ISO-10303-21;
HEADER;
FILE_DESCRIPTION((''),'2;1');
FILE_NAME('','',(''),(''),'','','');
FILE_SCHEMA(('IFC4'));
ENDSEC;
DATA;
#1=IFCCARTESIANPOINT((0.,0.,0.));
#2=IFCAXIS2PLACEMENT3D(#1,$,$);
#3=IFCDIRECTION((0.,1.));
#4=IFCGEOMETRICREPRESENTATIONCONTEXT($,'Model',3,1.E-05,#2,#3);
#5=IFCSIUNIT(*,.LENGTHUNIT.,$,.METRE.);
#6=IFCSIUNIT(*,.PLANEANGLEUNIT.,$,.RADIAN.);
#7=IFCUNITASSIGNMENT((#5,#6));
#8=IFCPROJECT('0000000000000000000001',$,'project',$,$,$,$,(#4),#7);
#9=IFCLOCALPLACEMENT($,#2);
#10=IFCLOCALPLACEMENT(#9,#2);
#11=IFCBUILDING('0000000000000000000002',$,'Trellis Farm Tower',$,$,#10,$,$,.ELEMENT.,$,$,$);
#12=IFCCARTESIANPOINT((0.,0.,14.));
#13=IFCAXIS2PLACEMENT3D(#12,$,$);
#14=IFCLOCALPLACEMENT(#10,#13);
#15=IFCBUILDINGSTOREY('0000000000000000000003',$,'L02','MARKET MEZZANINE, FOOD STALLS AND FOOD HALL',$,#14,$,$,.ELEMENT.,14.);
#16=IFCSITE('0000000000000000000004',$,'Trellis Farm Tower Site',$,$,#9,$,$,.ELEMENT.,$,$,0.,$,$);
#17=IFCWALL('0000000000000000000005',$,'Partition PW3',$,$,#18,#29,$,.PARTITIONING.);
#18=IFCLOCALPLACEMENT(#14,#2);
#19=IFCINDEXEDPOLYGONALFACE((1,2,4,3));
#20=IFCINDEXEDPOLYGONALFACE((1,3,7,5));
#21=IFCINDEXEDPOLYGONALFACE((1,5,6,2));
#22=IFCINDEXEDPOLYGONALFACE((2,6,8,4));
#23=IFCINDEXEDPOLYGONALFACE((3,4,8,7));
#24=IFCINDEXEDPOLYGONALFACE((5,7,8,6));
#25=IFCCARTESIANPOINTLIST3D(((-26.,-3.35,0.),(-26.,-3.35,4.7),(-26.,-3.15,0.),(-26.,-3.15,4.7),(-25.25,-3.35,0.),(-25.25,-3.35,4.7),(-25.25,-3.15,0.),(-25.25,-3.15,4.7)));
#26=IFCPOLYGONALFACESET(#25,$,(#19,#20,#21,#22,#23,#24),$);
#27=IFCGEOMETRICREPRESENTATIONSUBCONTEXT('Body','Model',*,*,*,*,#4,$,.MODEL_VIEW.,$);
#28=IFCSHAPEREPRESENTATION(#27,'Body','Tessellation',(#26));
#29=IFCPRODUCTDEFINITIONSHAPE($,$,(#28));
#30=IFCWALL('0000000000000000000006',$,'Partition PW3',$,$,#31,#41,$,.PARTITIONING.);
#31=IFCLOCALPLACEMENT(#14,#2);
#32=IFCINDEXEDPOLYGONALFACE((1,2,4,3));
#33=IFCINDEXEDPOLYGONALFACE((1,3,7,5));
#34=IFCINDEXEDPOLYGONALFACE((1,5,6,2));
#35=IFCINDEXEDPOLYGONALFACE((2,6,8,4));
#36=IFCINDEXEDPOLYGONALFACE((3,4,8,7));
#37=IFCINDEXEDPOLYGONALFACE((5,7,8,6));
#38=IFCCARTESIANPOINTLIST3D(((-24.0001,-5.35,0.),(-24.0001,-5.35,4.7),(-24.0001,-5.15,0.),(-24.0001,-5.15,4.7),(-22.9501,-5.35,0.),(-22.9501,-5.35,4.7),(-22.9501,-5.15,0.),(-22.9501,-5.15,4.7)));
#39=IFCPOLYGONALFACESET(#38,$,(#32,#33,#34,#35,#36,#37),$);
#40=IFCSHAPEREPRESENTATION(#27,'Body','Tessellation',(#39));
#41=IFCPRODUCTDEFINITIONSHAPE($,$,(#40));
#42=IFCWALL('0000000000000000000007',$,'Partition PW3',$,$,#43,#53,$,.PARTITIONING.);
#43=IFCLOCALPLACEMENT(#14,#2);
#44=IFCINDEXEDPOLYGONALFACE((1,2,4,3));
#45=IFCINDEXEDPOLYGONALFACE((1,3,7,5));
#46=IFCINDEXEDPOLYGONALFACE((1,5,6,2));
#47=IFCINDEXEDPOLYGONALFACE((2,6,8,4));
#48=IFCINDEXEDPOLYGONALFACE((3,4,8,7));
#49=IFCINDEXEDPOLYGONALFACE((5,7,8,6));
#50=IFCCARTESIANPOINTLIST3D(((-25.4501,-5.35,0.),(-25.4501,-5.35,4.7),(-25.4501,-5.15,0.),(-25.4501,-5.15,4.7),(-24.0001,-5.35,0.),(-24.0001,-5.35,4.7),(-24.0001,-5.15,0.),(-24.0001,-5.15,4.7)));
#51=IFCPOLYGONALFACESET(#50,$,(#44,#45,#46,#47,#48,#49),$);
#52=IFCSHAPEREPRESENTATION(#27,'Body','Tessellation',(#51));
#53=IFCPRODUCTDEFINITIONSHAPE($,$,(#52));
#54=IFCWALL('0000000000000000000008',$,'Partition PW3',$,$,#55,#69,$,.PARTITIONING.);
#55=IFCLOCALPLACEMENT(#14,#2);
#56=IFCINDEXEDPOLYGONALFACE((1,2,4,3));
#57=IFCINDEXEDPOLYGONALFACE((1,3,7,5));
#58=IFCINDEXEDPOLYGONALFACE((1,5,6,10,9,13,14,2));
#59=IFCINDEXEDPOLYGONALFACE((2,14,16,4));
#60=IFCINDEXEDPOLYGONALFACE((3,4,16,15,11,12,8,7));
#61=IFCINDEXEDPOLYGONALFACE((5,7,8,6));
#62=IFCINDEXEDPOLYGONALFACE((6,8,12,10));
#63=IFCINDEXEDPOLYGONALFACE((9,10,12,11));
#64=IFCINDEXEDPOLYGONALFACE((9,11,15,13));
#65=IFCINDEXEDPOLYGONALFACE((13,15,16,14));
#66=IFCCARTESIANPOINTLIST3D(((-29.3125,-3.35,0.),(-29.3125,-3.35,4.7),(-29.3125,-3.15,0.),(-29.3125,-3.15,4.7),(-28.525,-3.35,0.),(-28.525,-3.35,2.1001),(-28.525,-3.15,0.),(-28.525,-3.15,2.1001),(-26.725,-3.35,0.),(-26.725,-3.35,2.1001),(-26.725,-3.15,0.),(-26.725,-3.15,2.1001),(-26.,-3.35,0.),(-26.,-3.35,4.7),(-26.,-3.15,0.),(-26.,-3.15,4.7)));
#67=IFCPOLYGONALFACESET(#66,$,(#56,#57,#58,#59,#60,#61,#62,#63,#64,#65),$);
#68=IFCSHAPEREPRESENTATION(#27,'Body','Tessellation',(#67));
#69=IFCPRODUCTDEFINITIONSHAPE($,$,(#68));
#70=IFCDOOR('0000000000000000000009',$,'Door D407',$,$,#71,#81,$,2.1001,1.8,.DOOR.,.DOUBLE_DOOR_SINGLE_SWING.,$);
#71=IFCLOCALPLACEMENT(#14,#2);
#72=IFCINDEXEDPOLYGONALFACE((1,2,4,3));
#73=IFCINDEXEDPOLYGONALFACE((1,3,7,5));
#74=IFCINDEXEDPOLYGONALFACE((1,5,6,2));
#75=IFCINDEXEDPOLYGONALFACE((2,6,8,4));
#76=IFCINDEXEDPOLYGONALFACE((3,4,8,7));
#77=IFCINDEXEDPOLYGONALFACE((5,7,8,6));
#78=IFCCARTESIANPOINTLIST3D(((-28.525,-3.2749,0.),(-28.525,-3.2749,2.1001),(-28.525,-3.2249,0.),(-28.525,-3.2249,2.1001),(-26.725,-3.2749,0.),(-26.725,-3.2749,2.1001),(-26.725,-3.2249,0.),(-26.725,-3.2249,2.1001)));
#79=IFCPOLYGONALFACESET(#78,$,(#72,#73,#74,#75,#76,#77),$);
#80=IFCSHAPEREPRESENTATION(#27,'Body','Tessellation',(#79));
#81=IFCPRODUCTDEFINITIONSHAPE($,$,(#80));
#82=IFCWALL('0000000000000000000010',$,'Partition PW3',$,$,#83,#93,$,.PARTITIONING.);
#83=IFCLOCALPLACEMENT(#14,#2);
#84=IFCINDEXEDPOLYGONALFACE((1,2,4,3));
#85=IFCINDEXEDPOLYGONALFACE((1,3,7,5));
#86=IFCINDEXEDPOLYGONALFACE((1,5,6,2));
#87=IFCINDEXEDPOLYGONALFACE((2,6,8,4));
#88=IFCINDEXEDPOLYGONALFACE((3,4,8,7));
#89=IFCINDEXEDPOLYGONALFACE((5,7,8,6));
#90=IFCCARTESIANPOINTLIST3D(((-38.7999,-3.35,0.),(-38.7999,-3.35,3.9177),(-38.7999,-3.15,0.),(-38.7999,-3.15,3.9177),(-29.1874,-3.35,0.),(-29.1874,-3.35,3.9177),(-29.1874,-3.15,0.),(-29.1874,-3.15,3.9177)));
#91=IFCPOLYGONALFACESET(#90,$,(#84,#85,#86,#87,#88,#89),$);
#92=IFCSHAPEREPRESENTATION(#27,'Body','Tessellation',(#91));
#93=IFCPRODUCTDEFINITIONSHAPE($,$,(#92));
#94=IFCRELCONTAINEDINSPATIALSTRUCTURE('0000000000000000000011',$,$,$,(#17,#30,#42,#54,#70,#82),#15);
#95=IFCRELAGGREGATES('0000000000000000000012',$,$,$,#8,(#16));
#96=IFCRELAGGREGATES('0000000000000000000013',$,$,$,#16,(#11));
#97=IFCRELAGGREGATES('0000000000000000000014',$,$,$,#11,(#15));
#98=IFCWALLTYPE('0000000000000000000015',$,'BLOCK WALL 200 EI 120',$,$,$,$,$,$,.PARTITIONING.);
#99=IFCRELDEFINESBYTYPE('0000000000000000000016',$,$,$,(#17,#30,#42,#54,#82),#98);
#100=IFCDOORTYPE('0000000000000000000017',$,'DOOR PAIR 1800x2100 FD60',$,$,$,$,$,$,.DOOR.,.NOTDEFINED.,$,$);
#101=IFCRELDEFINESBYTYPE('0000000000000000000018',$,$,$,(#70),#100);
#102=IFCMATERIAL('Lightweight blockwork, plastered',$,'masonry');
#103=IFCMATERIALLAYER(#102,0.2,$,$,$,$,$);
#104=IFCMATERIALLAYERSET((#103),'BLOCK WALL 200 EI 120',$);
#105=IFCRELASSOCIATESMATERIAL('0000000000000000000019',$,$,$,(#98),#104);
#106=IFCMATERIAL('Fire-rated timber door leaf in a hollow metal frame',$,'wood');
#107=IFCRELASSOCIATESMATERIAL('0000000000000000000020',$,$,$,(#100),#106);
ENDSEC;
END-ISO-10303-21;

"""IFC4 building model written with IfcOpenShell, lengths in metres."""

from ifc_helpers import new_model, si_unit, direction, frame, frame_2d, origin, place, context, subcontext, project, spatial, rectangle, extrude, source, transform, mapped, material, layer, layer_set, type_object, element, fill, save


model = new_model("IFC4")

# Units and contexts
model_context = context("Model", 3, precision=1e-05, world=origin(), true_north=direction((0.0, 1.0)))
body_context = subcontext(model_context, "Body", "Model", "MODEL_VIEW")
ifc_project = project(units=[si_unit("LENGTHUNIT", "METRE"), si_unit("PLANEANGLEUNIT", "RADIAN")], contexts=[model_context])

# Site, building, storey
site_placement = place(None, origin())
site = spatial("IfcSite", under=ifc_project, at=site_placement, Name="Trellis Farm Tower Site", CompositionType="ELEMENT", RefElevation=0.0)
building_placement = place(site_placement, origin())
building = spatial("IfcBuilding", under=site, at=building_placement, Name="Trellis Farm Tower", CompositionType="ELEMENT")
storey_placement = place(building_placement, frame((0.0, 0.0, 14.0)))
storey = spatial("IfcBuildingStorey", under=building, at=storey_placement, Name="L02", Description="MARKET MEZZANINE, FOOD STALLS AND FOOD HALL", CompositionType="ELEMENT", Elevation=14.0)

# Shared definitions
ifc_material_1 = material(Name="Lightweight blockwork, plastered", Category="masonry")
ifc_layer_1 = layer(ifc_material_1, 0.2)
ifc_layer_set_1 = layer_set([ifc_layer_1], Name="BLOCK WALL 200 EI 120")
wall_type_1 = type_object("IfcWallType", Name="BLOCK WALL 200 EI 120", PredefinedType="PARTITIONING", material=ifc_layer_set_1)

# Shared definitions
shared_shape_1 = source(origin(), body_context, "Body", "SweptSolid", [
    extrude(rectangle(XDim=1.8, YDim=2.1001, at=frame_2d((0.8999, 1.05))), frame((0.0, 0.1101, 0.0), z_axis=(0.0, -1.0, 0.0), x_axis=(1.0, 0.0, 0.0)), (0.0, 0.0, 1.0), 0.2202),
])
ifc_material_2 = material(Name="Fire-rated timber door leaf in a hollow metal frame", Category="wood")
door_type_1 = type_object("IfcDoorType", Name="DOOR PAIR 1800x2100 FD60", OperationType="NOTDEFINED", PredefinedType="DOOR", material=ifc_material_2)
shared_shape_2 = source(origin(), body_context, "Body", "SweptSolid", [
    extrude(rectangle(XDim=1.8, YDim=2.1001, at=frame_2d((0.8999, 1.05))), frame((0.0, 0.0249, 0.0), z_axis=(0.0, -1.0, 0.0), x_axis=(1.0, 0.0, 0.0)), (0.0, 0.0, 1.0), 0.05),
])

# Walls
shared_shape_3 = source(origin(), body_context, "Body", "SweptSolid", [
    extrude(rectangle(XDim=0.75, YDim=0.2, at=frame_2d((0.375, 0.0))), origin(), (0.0, 0.0, 1.0), 4.7),
])
wall_1_placement = place(storey_placement, frame((-25.25, -3.25, 0.0), z_axis=(0.0, 0.0, 1.0), x_axis=(-1.0, 0.0, 0.0)))
element("IfcWall", 1, at=wall_1_placement, inside=storey, type_object=wall_type_1, Name="Partition PW3", PredefinedType="PARTITIONING", context=body_context, shape_type="MappedRepresentation", body=[
    mapped(shared_shape_3, transform((0.0, 0.0, 0.0))),
])
shared_shape_4 = source(origin(), body_context, "Body", "SweptSolid", [
    extrude(rectangle(XDim=1.05, YDim=0.2, at=frame_2d((0.5249, 0.0))), origin(), (0.0, 0.0, 1.0), 4.7),
])
wall_2_placement = place(storey_placement, frame((-24.0, -5.25, 0.0), z_axis=(0.0, 0.0, 1.0), x_axis=(1.0, 0.0, 0.0)))
element("IfcWall", 2, at=wall_2_placement, inside=storey, type_object=wall_type_1, Name="Partition PW3", PredefinedType="PARTITIONING", context=body_context, shape_type="MappedRepresentation", body=[
    mapped(shared_shape_4, transform((0.0, 0.0, 0.0))),
])
shared_shape_5 = source(origin(), body_context, "Body", "SweptSolid", [
    extrude(rectangle(XDim=1.45, YDim=0.2, at=frame_2d((0.7251, 0.0))), origin(), (0.0, 0.0, 1.0), 4.7),
])
wall_3_placement = place(storey_placement, frame((-24.0, -5.25, 0.0), z_axis=(0.0, 0.0, 1.0), x_axis=(-1.0, 0.0, 0.0)))
element("IfcWall", 3, at=wall_3_placement, inside=storey, type_object=wall_type_1, Name="Partition PW3", PredefinedType="PARTITIONING", context=body_context, shape_type="MappedRepresentation", body=[
    mapped(shared_shape_5, transform((0.0, 0.0, 0.0))),
])

# Wall, opening, door
shared_shape_6 = source(origin(), body_context, "Body", "SweptSolid", [
    extrude(rectangle(XDim=3.3125, YDim=0.2, at=frame_2d((1.6562, 0.0))), origin(), (0.0, 0.0, 1.0), 4.7),
])
wall_4_placement = place(storey_placement, frame((-26.0, -3.25, 0.0), z_axis=(0.0, 0.0, 1.0), x_axis=(-1.0, 0.0, 0.0)))
wall_4 = element("IfcWall", 4, at=wall_4_placement, inside=storey, type_object=wall_type_1, Name="Partition PW3", PredefinedType="PARTITIONING", context=body_context, shape_type="MappedRepresentation", body=[
    mapped(shared_shape_6, transform((0.0, 0.0, 0.0))),
])
opening_1_placement = place(wall_4_placement, frame((0.7251, 0.0, 0.0)))
opening_1 = element("IfcOpeningElement", 5, at=opening_1_placement, cuts=wall_4, PredefinedType="OPENING", context=body_context, shape_type="MappedRepresentation", body=[
    mapped(shared_shape_1, transform((0.0, 0.0, 0.0))),
])
door_1_placement = place(opening_1_placement, origin())
door_1 = element("IfcDoor", 6, at=door_1_placement, inside=storey, type_object=door_type_1, Name="Door D407", OperationType="DOUBLE_DOOR_SINGLE_SWING", OverallHeight=2.1001, OverallWidth=1.8, PredefinedType="DOOR", context=body_context, shape_type="MappedRepresentation", body=[
    mapped(shared_shape_2, transform((0.0, 0.0, 0.0))),
])
fill(opening_1, door_1)

# Wall
shared_shape_7 = source(origin(), body_context, "Body", "SweptSolid", [
    extrude(rectangle(XDim=9.6125, YDim=0.2, at=frame_2d((4.8062, 0.0))), origin(), (0.0, 0.0, 1.0), 3.9177),
])
wall_5_placement = place(storey_placement, frame((-29.1875, -3.25, 0.0), z_axis=(0.0, 0.0, 1.0), x_axis=(-1.0, 0.0, 0.0)))
element("IfcWall", 7, at=wall_5_placement, inside=storey, type_object=wall_type_1, Name="Partition PW3", PredefinedType="PARTITIONING", context=body_context, shape_type="MappedRepresentation", body=[
    mapped(shared_shape_7, transform((0.0, 0.0, 0.0))),
])

save(model, "model.ifc")
